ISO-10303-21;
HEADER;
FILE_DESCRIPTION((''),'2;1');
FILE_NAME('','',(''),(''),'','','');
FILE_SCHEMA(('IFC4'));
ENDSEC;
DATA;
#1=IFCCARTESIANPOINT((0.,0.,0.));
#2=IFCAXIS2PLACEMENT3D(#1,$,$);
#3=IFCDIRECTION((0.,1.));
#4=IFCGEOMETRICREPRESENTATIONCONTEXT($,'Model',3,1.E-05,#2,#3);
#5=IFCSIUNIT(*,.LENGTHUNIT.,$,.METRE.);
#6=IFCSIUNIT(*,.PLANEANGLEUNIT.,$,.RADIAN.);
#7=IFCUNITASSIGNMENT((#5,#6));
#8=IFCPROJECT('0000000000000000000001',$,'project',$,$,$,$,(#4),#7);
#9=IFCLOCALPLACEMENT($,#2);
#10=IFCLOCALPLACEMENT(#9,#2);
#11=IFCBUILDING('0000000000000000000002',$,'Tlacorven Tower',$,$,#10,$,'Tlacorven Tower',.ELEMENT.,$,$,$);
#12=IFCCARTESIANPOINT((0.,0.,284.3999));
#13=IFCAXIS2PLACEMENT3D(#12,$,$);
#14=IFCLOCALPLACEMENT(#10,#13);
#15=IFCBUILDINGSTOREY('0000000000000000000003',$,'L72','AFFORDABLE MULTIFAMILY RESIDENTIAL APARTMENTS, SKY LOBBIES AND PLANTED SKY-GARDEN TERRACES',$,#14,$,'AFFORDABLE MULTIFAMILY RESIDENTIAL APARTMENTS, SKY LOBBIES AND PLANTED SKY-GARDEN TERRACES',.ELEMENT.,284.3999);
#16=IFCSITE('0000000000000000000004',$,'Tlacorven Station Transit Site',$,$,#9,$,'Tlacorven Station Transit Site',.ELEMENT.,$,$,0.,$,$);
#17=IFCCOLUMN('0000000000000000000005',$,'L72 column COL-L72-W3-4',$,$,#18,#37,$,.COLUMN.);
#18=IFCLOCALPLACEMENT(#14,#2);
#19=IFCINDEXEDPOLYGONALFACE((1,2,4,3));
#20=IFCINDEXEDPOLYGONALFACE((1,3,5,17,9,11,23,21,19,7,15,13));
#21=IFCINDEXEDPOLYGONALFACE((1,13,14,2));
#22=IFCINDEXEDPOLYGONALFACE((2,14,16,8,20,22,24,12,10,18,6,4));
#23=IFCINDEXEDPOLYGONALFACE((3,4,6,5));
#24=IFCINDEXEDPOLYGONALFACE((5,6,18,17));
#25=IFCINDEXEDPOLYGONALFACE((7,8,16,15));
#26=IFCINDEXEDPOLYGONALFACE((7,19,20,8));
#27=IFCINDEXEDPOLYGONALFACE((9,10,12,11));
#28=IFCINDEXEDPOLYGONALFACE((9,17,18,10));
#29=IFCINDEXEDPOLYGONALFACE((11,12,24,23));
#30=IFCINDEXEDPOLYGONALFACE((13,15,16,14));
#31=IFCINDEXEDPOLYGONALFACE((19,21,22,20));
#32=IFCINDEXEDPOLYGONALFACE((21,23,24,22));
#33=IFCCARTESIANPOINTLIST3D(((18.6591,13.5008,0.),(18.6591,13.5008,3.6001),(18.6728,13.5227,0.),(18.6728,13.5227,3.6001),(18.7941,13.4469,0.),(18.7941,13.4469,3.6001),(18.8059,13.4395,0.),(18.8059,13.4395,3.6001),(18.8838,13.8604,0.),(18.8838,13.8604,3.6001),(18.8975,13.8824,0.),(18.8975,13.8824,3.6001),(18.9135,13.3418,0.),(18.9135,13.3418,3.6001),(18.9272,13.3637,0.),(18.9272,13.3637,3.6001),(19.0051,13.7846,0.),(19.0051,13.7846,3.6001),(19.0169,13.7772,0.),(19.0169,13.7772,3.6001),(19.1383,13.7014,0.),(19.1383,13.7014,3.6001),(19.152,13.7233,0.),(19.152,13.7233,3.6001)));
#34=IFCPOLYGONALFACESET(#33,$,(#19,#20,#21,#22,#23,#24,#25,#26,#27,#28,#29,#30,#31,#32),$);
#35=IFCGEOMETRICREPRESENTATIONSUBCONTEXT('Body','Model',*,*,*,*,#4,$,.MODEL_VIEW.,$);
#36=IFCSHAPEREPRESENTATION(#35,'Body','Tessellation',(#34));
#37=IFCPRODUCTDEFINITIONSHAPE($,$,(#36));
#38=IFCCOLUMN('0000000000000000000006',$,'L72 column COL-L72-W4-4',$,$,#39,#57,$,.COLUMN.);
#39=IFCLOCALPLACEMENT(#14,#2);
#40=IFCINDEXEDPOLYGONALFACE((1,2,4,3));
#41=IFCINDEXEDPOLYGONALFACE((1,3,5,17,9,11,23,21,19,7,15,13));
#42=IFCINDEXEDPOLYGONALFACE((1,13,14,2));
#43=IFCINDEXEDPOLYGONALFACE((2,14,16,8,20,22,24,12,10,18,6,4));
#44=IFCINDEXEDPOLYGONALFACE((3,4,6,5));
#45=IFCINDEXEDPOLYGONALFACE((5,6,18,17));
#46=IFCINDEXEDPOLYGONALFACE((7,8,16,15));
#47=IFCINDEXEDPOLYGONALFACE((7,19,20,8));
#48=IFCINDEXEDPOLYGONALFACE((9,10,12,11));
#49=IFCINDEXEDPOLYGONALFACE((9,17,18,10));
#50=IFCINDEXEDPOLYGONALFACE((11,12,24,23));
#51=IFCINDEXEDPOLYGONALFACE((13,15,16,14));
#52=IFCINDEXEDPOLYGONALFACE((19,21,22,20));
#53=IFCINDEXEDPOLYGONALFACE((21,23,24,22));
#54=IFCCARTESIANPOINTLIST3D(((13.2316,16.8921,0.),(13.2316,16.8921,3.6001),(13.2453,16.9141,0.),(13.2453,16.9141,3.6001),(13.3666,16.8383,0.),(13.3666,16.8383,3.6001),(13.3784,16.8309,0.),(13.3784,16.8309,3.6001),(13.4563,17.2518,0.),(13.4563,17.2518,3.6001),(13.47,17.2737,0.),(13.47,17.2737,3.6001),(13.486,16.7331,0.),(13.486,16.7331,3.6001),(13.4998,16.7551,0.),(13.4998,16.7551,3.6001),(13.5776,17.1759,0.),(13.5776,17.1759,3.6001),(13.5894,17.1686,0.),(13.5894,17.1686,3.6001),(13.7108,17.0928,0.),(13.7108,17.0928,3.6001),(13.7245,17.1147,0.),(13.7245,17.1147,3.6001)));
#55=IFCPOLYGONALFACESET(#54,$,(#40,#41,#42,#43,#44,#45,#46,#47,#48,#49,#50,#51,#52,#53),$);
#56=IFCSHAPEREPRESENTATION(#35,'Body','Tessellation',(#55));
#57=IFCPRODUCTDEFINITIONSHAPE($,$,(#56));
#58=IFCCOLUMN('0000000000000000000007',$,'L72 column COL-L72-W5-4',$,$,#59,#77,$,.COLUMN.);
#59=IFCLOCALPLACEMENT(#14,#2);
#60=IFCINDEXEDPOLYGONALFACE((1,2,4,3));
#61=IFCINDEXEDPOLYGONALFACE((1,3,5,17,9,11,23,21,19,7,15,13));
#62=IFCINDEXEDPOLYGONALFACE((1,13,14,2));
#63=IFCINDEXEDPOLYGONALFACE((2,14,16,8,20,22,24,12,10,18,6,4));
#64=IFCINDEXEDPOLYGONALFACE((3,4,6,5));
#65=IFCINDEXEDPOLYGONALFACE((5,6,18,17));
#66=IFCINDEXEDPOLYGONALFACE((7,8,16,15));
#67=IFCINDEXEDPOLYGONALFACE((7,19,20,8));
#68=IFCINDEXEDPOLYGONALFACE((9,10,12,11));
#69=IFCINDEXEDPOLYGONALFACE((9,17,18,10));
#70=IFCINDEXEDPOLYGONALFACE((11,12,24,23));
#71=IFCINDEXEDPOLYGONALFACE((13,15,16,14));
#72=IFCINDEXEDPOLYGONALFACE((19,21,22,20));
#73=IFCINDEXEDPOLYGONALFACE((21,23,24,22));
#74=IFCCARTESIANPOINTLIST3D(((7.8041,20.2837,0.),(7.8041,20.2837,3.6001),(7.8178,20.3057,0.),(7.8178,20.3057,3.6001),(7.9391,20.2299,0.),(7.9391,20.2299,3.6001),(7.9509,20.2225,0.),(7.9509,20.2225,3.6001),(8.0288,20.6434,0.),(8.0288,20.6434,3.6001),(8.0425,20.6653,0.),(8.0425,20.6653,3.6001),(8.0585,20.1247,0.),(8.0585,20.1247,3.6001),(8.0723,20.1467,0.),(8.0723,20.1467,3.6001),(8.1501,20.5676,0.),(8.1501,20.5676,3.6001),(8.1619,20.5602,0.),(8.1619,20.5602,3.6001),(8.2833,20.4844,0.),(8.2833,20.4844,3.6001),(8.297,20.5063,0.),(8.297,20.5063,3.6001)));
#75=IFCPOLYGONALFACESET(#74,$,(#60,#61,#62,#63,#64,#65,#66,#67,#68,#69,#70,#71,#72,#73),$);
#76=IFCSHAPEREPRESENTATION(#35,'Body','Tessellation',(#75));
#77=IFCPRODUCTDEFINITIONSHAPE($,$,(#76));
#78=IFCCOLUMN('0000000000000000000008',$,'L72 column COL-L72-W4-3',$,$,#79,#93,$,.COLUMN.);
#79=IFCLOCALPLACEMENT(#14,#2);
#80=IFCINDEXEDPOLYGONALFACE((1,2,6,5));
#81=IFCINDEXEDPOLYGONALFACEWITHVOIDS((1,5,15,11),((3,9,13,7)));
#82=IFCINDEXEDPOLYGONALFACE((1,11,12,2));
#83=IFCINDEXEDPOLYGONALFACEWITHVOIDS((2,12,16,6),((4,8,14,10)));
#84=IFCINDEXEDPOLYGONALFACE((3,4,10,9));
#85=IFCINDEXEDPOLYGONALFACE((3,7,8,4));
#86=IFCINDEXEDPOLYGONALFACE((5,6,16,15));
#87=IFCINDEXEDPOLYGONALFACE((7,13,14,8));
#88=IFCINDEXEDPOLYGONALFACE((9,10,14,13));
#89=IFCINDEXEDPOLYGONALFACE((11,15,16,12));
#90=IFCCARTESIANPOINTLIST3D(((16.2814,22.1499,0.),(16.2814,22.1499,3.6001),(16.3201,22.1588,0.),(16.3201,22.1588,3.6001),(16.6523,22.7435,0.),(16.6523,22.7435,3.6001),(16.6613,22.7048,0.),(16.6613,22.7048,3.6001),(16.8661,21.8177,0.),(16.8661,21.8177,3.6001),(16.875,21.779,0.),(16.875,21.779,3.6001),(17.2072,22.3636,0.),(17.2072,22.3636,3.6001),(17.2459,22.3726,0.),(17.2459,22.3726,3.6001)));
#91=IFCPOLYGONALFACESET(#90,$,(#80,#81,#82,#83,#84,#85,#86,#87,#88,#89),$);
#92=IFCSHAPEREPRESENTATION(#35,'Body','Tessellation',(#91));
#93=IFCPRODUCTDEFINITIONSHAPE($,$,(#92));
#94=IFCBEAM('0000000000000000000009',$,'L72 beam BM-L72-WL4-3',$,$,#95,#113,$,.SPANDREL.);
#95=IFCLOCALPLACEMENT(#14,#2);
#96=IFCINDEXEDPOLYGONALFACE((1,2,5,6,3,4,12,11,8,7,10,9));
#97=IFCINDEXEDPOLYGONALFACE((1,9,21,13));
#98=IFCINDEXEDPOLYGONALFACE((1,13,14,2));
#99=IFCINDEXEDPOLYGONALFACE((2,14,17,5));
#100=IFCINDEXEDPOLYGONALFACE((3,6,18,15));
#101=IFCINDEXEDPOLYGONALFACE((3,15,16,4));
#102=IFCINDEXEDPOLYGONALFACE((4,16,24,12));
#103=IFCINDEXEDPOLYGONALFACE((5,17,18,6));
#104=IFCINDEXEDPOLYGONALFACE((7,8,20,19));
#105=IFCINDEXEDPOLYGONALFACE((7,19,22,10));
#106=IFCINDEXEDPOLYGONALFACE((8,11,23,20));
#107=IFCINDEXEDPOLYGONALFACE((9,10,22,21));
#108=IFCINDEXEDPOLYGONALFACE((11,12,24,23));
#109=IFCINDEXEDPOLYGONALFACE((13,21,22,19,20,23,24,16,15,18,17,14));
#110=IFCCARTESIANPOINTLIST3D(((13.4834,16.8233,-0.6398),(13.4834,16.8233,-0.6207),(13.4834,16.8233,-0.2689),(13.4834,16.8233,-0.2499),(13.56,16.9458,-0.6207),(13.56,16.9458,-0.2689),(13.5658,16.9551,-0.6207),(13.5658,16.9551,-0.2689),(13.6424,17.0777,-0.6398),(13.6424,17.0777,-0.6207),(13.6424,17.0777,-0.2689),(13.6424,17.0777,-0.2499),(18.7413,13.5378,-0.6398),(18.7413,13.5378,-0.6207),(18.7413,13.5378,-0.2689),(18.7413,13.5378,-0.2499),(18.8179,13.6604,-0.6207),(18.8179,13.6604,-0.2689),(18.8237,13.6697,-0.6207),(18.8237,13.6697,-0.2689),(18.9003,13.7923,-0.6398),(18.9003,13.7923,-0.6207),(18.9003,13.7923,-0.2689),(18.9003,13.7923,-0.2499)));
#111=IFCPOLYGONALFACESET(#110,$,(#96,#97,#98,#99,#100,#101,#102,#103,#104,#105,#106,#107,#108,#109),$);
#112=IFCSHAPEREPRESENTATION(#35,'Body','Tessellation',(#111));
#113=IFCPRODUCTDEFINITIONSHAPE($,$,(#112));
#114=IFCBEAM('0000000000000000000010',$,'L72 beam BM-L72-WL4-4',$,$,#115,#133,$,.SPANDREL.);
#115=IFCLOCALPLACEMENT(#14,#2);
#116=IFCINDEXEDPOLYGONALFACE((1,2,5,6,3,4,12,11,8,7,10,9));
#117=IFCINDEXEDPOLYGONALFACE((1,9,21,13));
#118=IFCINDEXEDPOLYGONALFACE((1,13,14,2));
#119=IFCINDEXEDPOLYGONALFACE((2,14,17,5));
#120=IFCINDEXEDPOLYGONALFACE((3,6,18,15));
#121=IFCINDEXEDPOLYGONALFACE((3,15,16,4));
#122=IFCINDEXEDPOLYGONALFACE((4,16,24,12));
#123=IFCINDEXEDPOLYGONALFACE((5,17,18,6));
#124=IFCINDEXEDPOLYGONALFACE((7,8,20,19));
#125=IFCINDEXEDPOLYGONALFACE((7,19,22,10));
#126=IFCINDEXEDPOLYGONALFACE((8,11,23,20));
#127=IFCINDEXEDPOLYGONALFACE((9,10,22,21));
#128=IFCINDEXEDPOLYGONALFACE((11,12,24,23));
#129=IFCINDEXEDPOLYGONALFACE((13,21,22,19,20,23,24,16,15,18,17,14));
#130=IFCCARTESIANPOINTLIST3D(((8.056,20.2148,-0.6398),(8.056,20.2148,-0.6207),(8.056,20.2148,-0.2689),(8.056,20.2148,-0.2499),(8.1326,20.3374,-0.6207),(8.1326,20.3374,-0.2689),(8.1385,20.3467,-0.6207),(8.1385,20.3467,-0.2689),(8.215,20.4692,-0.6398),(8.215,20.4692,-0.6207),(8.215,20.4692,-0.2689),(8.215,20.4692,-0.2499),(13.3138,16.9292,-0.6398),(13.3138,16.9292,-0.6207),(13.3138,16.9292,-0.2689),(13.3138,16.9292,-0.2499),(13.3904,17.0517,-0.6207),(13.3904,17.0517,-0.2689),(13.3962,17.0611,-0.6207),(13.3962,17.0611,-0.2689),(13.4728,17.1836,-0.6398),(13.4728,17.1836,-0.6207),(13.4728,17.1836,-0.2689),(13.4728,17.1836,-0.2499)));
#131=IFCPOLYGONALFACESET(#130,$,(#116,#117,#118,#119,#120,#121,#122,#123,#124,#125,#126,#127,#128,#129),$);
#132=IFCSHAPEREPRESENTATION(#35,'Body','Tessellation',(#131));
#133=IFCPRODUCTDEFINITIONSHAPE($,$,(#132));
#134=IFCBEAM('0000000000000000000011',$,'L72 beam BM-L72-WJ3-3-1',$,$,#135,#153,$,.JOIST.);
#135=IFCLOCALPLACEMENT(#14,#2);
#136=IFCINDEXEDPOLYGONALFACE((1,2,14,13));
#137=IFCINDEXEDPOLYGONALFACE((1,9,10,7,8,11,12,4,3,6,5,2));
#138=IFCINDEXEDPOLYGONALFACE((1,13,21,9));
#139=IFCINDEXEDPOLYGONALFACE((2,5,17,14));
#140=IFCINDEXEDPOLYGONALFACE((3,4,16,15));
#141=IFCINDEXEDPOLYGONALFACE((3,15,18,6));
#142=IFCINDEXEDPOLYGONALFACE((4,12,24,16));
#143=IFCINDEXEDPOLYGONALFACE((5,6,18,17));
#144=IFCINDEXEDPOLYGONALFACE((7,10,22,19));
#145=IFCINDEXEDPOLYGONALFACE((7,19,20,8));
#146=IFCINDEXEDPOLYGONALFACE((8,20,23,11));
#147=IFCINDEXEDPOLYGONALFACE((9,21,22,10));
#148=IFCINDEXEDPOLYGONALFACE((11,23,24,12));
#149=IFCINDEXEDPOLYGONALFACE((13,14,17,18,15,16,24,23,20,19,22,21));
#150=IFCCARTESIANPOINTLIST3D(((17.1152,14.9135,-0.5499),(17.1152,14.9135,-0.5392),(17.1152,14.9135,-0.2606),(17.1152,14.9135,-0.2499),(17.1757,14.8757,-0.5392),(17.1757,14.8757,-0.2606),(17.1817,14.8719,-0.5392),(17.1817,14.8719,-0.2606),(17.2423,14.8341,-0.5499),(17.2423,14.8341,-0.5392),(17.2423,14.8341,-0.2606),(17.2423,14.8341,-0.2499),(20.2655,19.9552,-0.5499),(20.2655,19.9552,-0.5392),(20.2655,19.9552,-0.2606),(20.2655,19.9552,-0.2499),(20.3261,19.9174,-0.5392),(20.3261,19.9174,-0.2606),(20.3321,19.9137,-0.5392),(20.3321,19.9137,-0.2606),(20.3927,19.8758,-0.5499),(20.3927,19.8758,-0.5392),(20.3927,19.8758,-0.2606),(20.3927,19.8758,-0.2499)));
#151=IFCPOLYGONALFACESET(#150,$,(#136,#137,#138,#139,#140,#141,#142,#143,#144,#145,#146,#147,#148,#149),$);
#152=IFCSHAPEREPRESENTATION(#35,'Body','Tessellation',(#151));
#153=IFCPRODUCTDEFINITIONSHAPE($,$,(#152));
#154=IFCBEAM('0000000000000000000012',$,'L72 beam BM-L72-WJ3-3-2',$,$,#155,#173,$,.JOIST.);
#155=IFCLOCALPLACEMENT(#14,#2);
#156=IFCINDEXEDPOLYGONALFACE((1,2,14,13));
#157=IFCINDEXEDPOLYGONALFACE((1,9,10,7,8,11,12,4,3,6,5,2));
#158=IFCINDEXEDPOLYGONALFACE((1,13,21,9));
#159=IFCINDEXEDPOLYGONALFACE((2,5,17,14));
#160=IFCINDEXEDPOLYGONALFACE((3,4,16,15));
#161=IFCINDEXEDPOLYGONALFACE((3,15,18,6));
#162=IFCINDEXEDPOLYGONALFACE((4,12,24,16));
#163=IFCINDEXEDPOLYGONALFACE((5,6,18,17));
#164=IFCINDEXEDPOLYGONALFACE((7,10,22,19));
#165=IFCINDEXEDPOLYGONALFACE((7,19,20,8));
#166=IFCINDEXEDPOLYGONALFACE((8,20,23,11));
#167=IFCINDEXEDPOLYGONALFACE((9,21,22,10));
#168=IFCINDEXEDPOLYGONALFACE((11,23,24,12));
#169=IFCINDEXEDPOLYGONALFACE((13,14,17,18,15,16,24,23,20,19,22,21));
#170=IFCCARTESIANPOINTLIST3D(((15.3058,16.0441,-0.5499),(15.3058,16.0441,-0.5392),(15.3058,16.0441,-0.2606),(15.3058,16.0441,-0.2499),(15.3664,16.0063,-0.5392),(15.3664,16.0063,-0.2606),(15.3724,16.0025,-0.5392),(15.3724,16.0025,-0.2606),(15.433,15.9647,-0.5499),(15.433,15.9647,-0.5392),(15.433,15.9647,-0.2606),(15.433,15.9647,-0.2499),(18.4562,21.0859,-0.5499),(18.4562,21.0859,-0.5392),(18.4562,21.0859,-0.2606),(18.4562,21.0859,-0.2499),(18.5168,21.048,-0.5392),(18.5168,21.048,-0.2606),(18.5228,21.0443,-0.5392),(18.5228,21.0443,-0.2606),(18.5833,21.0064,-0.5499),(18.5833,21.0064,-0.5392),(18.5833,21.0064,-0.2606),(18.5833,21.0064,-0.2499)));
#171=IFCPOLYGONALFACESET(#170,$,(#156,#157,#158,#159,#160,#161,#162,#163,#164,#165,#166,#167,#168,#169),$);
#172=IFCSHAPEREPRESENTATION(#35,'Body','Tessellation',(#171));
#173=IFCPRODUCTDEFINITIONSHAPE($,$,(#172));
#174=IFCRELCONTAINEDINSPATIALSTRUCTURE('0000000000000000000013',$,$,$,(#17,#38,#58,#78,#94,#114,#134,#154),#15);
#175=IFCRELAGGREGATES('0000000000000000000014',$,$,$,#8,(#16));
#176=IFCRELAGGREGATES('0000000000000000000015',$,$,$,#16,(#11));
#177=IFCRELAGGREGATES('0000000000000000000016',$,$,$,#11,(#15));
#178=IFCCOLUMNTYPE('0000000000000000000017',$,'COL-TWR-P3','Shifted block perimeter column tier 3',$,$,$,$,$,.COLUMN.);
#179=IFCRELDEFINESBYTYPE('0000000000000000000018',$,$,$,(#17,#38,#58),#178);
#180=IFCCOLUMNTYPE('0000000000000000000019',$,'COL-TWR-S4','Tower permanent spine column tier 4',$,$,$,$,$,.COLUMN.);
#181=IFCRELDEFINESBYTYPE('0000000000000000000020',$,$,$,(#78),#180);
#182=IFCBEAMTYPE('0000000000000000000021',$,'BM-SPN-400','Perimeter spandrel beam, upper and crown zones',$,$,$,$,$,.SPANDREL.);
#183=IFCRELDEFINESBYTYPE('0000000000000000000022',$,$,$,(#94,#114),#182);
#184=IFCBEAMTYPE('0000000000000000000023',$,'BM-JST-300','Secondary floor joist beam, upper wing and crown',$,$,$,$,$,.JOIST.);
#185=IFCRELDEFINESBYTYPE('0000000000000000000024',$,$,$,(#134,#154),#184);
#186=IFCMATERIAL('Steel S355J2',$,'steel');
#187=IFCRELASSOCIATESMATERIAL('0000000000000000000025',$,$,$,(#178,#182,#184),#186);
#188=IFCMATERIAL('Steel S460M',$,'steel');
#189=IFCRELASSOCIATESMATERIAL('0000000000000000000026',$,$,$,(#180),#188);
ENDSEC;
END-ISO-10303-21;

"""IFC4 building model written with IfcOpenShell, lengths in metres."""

from ifc_helpers import new_model, si_unit, direction, frame, origin, origin_2d, place, context, subcontext, project, spatial, hollow_rectangle, i_section, extrude, source, transform, mapped, material, material_profile, profile_set, type_object, element, save


model = new_model("IFC4")

# Units and contexts
model_context = context("Model", 3, precision=1e-05, world=origin(), true_north=direction((0.0, 1.0)))
body_context = subcontext(model_context, "Body", "Model", "MODEL_VIEW")
ifc_project = project(units=[si_unit("LENGTHUNIT", "METRE"), si_unit("PLANEANGLEUNIT", "RADIAN")], contexts=[model_context])

# Site, building, storey
site_placement = place(None, origin())
site = spatial("IfcSite", under=ifc_project, at=site_placement, Name="Tlacorven Station Transit Site", LongName="Tlacorven Station Transit Site", CompositionType="ELEMENT", RefElevation=0.0)
building_placement = place(site_placement, origin())
building = spatial("IfcBuilding", under=site, at=building_placement, Name="Tlacorven Tower", LongName="Tlacorven Tower", CompositionType="ELEMENT")
storey_placement = place(building_placement, frame((0.0, 0.0, 284.3999)))
storey = spatial("IfcBuildingStorey", under=building, at=storey_placement, Name="L72", Description="AFFORDABLE MULTIFAMILY RESIDENTIAL APARTMENTS, SKY LOBBIES AND PLANTED SKY-GARDEN TERRACES", LongName="AFFORDABLE MULTIFAMILY RESIDENTIAL APARTMENTS, SKY LOBBIES AND PLANTED SKY-GARDEN TERRACES", CompositionType="ELEMENT", Elevation=284.3999)

# Columns
ifc_material_1 = material(Name="Steel S355J2", Category="steel")
ifc_material_profile_1 = material_profile(ifc_material_1, i_section(OverallWidth=0.3, OverallDepth=0.45, WebThickness=0.0139, FlangeThickness=0.0259, at=origin_2d()), Name="HEB 450")
ifc_profile_set_1 = profile_set([ifc_material_profile_1], Name="Steel S355J2")
column_type_1 = type_object("IfcColumnType", Name="COL-TWR-P3", Description="Shifted block perimeter column tier 3", PredefinedType="COLUMN", material=ifc_profile_set_1)
shared_shape_1 = source(origin(), body_context, "Body", "SweptSolid", [
    extrude(i_section(OverallWidth=0.3, OverallDepth=0.45, WebThickness=0.0139, FlangeThickness=0.0259, at=origin_2d()), origin(), (0.0, 0.0, 1.0), 3.6001),
])
for number, where, z_axis, x_axis, name in (
    (1, (18.9055, 13.6121, 0.0), (0.0, 0.0, 1.0), (-0.848048, 0.529919, 0.0), "L72 column COL-L72-W3-4"),
    (2, (13.478, 17.0034, 0.0), (0.0, 0.0, 1.0), (-0.848048, 0.529919, 0.0), "L72 column COL-L72-W4-4"),
    (3, (8.0505, 20.395, 0.0), (0.0, 0.0, 1.0), (-0.848048, 0.529919, 0.0), "L72 column COL-L72-W5-4"),
):
    element("IfcColumn", number, at=place(storey_placement, frame(where, z_axis=z_axis, x_axis=x_axis)), inside=storey, type_object=column_type_1, Name=name, PredefinedType="COLUMN", context=body_context, shape_type="MappedRepresentation", body=[
        mapped(shared_shape_1, transform((0.0, 0.0, 0.0), scale=1.0)),
    ])
ifc_material_2 = material(Name="Steel S460M", Category="steel")
ifc_material_profile_2 = material_profile(ifc_material_2, hollow_rectangle(XDim=0.7, YDim=0.7, WallThickness=0.0281, at=origin_2d()), Name="BOX 700X700X28")
ifc_profile_set_2 = profile_set([ifc_material_profile_2], Name="Steel S460M")
column_type_2 = type_object("IfcColumnType", Name="COL-TWR-S4", Description="Tower permanent spine column tier 4", PredefinedType="COLUMN", material=ifc_profile_set_2)
shared_shape_2 = source(origin(), body_context, "Body", "SweptSolid", [
    extrude(hollow_rectangle(XDim=0.7, YDim=0.7, WallThickness=0.0281, at=origin_2d()), origin(), (0.0, 0.0, 1.0), 3.6001),
])
column_placement = place(storey_placement, frame((16.7637, 22.2612, 0.0), z_axis=(0.0, 0.0, 1.0), x_axis=(-0.848048, 0.529919, 0.0)))
element("IfcColumn", 4, at=column_placement, inside=storey, type_object=column_type_2, Name="L72 column COL-L72-W4-3", PredefinedType="COLUMN", context=body_context, shape_type="MappedRepresentation", body=[
    mapped(shared_shape_2, transform((0.0, 0.0, 0.0), scale=1.0)),
])

# Beams
ifc_material_profile_3 = material_profile(ifc_material_1, i_section(OverallWidth=0.3, OverallDepth=0.3899, WebThickness=0.011, FlangeThickness=0.019, at=origin_2d()), Name="HEA 400")
ifc_profile_set_3 = profile_set([ifc_material_profile_3], Name="Steel S355J2")
beam_type_1 = type_object("IfcBeamType", Name="BM-SPN-400", Description="Perimeter spandrel beam, upper and crown zones", PredefinedType="SPANDREL", material=ifc_profile_set_3)
shared_shape_3 = source(origin(), body_context, "Body", "SweptSolid", [
    extrude(i_section(OverallWidth=0.3, OverallDepth=0.3899, WebThickness=0.011, FlangeThickness=0.019, at=origin_2d()), origin(), (0.0, 0.0, 1.0), 6.2),
])
for number, where, z_axis, x_axis, name in (
    (5, (18.8208, 13.665, -0.4448), (-0.848051, 0.529914, 0.0), (-0.529914, -0.848051, 0.0), "L72 beam BM-L72-WL4-3"),
    (6, (13.3933, 17.0564, -0.4448), (-0.848034, 0.529942, 0.0), (-0.529942, -0.848034, 0.0), "L72 beam BM-L72-WL4-4"),
):
    element("IfcBeam", number, at=place(storey_placement, frame(where, z_axis=z_axis, x_axis=x_axis)), inside=storey, type_object=beam_type_1, Name=name, PredefinedType="SPANDREL", context=body_context, shape_type="MappedRepresentation", body=[
        mapped(shared_shape_3, transform((0.0, 0.0, 0.0), scale=1.0)),
    ])
ifc_material_profile_4 = material_profile(ifc_material_1, i_section(OverallWidth=0.1499, OverallDepth=0.3, WebThickness=0.0071, FlangeThickness=0.0107, at=origin_2d()), Name="IPE 300")
ifc_profile_set_4 = profile_set([ifc_material_profile_4], Name="Steel S355J2")
beam_type_2 = type_object("IfcBeamType", Name="BM-JST-300", Description="Secondary floor joist beam, upper wing and crown", PredefinedType="JOIST", material=ifc_profile_set_4)
shared_shape_4 = source(origin(), body_context, "Body", "SweptSolid", [
    extrude(i_section(OverallWidth=0.1499, OverallDepth=0.3, WebThickness=0.0071, FlangeThickness=0.0107, at=origin_2d()), origin(), (0.0, 0.0, 1.0), 5.9451),
])
for number, where, z_axis, x_axis, name in (
    (7, (20.3291, 19.9155, -0.3999), (-0.529914, -0.848051, 0.0), (0.848051, -0.529914, 0.0), "L72 beam BM-L72-WJ3-3-1"),
    (8, (18.5198, 21.0461, -0.3999), (-0.529914, -0.848051, 0.0), (0.848051, -0.529914, 0.0), "L72 beam BM-L72-WJ3-3-2"),
):
    element("IfcBeam", number, at=place(storey_placement, frame(where, z_axis=z_axis, x_axis=x_axis)), inside=storey, type_object=beam_type_2, Name=name, PredefinedType="JOIST", context=body_context, shape_type="MappedRepresentation", body=[
        mapped(shared_shape_4, transform((0.0, 0.0, 0.0), scale=1.0)),
    ])

save(model, "model.ifc")
